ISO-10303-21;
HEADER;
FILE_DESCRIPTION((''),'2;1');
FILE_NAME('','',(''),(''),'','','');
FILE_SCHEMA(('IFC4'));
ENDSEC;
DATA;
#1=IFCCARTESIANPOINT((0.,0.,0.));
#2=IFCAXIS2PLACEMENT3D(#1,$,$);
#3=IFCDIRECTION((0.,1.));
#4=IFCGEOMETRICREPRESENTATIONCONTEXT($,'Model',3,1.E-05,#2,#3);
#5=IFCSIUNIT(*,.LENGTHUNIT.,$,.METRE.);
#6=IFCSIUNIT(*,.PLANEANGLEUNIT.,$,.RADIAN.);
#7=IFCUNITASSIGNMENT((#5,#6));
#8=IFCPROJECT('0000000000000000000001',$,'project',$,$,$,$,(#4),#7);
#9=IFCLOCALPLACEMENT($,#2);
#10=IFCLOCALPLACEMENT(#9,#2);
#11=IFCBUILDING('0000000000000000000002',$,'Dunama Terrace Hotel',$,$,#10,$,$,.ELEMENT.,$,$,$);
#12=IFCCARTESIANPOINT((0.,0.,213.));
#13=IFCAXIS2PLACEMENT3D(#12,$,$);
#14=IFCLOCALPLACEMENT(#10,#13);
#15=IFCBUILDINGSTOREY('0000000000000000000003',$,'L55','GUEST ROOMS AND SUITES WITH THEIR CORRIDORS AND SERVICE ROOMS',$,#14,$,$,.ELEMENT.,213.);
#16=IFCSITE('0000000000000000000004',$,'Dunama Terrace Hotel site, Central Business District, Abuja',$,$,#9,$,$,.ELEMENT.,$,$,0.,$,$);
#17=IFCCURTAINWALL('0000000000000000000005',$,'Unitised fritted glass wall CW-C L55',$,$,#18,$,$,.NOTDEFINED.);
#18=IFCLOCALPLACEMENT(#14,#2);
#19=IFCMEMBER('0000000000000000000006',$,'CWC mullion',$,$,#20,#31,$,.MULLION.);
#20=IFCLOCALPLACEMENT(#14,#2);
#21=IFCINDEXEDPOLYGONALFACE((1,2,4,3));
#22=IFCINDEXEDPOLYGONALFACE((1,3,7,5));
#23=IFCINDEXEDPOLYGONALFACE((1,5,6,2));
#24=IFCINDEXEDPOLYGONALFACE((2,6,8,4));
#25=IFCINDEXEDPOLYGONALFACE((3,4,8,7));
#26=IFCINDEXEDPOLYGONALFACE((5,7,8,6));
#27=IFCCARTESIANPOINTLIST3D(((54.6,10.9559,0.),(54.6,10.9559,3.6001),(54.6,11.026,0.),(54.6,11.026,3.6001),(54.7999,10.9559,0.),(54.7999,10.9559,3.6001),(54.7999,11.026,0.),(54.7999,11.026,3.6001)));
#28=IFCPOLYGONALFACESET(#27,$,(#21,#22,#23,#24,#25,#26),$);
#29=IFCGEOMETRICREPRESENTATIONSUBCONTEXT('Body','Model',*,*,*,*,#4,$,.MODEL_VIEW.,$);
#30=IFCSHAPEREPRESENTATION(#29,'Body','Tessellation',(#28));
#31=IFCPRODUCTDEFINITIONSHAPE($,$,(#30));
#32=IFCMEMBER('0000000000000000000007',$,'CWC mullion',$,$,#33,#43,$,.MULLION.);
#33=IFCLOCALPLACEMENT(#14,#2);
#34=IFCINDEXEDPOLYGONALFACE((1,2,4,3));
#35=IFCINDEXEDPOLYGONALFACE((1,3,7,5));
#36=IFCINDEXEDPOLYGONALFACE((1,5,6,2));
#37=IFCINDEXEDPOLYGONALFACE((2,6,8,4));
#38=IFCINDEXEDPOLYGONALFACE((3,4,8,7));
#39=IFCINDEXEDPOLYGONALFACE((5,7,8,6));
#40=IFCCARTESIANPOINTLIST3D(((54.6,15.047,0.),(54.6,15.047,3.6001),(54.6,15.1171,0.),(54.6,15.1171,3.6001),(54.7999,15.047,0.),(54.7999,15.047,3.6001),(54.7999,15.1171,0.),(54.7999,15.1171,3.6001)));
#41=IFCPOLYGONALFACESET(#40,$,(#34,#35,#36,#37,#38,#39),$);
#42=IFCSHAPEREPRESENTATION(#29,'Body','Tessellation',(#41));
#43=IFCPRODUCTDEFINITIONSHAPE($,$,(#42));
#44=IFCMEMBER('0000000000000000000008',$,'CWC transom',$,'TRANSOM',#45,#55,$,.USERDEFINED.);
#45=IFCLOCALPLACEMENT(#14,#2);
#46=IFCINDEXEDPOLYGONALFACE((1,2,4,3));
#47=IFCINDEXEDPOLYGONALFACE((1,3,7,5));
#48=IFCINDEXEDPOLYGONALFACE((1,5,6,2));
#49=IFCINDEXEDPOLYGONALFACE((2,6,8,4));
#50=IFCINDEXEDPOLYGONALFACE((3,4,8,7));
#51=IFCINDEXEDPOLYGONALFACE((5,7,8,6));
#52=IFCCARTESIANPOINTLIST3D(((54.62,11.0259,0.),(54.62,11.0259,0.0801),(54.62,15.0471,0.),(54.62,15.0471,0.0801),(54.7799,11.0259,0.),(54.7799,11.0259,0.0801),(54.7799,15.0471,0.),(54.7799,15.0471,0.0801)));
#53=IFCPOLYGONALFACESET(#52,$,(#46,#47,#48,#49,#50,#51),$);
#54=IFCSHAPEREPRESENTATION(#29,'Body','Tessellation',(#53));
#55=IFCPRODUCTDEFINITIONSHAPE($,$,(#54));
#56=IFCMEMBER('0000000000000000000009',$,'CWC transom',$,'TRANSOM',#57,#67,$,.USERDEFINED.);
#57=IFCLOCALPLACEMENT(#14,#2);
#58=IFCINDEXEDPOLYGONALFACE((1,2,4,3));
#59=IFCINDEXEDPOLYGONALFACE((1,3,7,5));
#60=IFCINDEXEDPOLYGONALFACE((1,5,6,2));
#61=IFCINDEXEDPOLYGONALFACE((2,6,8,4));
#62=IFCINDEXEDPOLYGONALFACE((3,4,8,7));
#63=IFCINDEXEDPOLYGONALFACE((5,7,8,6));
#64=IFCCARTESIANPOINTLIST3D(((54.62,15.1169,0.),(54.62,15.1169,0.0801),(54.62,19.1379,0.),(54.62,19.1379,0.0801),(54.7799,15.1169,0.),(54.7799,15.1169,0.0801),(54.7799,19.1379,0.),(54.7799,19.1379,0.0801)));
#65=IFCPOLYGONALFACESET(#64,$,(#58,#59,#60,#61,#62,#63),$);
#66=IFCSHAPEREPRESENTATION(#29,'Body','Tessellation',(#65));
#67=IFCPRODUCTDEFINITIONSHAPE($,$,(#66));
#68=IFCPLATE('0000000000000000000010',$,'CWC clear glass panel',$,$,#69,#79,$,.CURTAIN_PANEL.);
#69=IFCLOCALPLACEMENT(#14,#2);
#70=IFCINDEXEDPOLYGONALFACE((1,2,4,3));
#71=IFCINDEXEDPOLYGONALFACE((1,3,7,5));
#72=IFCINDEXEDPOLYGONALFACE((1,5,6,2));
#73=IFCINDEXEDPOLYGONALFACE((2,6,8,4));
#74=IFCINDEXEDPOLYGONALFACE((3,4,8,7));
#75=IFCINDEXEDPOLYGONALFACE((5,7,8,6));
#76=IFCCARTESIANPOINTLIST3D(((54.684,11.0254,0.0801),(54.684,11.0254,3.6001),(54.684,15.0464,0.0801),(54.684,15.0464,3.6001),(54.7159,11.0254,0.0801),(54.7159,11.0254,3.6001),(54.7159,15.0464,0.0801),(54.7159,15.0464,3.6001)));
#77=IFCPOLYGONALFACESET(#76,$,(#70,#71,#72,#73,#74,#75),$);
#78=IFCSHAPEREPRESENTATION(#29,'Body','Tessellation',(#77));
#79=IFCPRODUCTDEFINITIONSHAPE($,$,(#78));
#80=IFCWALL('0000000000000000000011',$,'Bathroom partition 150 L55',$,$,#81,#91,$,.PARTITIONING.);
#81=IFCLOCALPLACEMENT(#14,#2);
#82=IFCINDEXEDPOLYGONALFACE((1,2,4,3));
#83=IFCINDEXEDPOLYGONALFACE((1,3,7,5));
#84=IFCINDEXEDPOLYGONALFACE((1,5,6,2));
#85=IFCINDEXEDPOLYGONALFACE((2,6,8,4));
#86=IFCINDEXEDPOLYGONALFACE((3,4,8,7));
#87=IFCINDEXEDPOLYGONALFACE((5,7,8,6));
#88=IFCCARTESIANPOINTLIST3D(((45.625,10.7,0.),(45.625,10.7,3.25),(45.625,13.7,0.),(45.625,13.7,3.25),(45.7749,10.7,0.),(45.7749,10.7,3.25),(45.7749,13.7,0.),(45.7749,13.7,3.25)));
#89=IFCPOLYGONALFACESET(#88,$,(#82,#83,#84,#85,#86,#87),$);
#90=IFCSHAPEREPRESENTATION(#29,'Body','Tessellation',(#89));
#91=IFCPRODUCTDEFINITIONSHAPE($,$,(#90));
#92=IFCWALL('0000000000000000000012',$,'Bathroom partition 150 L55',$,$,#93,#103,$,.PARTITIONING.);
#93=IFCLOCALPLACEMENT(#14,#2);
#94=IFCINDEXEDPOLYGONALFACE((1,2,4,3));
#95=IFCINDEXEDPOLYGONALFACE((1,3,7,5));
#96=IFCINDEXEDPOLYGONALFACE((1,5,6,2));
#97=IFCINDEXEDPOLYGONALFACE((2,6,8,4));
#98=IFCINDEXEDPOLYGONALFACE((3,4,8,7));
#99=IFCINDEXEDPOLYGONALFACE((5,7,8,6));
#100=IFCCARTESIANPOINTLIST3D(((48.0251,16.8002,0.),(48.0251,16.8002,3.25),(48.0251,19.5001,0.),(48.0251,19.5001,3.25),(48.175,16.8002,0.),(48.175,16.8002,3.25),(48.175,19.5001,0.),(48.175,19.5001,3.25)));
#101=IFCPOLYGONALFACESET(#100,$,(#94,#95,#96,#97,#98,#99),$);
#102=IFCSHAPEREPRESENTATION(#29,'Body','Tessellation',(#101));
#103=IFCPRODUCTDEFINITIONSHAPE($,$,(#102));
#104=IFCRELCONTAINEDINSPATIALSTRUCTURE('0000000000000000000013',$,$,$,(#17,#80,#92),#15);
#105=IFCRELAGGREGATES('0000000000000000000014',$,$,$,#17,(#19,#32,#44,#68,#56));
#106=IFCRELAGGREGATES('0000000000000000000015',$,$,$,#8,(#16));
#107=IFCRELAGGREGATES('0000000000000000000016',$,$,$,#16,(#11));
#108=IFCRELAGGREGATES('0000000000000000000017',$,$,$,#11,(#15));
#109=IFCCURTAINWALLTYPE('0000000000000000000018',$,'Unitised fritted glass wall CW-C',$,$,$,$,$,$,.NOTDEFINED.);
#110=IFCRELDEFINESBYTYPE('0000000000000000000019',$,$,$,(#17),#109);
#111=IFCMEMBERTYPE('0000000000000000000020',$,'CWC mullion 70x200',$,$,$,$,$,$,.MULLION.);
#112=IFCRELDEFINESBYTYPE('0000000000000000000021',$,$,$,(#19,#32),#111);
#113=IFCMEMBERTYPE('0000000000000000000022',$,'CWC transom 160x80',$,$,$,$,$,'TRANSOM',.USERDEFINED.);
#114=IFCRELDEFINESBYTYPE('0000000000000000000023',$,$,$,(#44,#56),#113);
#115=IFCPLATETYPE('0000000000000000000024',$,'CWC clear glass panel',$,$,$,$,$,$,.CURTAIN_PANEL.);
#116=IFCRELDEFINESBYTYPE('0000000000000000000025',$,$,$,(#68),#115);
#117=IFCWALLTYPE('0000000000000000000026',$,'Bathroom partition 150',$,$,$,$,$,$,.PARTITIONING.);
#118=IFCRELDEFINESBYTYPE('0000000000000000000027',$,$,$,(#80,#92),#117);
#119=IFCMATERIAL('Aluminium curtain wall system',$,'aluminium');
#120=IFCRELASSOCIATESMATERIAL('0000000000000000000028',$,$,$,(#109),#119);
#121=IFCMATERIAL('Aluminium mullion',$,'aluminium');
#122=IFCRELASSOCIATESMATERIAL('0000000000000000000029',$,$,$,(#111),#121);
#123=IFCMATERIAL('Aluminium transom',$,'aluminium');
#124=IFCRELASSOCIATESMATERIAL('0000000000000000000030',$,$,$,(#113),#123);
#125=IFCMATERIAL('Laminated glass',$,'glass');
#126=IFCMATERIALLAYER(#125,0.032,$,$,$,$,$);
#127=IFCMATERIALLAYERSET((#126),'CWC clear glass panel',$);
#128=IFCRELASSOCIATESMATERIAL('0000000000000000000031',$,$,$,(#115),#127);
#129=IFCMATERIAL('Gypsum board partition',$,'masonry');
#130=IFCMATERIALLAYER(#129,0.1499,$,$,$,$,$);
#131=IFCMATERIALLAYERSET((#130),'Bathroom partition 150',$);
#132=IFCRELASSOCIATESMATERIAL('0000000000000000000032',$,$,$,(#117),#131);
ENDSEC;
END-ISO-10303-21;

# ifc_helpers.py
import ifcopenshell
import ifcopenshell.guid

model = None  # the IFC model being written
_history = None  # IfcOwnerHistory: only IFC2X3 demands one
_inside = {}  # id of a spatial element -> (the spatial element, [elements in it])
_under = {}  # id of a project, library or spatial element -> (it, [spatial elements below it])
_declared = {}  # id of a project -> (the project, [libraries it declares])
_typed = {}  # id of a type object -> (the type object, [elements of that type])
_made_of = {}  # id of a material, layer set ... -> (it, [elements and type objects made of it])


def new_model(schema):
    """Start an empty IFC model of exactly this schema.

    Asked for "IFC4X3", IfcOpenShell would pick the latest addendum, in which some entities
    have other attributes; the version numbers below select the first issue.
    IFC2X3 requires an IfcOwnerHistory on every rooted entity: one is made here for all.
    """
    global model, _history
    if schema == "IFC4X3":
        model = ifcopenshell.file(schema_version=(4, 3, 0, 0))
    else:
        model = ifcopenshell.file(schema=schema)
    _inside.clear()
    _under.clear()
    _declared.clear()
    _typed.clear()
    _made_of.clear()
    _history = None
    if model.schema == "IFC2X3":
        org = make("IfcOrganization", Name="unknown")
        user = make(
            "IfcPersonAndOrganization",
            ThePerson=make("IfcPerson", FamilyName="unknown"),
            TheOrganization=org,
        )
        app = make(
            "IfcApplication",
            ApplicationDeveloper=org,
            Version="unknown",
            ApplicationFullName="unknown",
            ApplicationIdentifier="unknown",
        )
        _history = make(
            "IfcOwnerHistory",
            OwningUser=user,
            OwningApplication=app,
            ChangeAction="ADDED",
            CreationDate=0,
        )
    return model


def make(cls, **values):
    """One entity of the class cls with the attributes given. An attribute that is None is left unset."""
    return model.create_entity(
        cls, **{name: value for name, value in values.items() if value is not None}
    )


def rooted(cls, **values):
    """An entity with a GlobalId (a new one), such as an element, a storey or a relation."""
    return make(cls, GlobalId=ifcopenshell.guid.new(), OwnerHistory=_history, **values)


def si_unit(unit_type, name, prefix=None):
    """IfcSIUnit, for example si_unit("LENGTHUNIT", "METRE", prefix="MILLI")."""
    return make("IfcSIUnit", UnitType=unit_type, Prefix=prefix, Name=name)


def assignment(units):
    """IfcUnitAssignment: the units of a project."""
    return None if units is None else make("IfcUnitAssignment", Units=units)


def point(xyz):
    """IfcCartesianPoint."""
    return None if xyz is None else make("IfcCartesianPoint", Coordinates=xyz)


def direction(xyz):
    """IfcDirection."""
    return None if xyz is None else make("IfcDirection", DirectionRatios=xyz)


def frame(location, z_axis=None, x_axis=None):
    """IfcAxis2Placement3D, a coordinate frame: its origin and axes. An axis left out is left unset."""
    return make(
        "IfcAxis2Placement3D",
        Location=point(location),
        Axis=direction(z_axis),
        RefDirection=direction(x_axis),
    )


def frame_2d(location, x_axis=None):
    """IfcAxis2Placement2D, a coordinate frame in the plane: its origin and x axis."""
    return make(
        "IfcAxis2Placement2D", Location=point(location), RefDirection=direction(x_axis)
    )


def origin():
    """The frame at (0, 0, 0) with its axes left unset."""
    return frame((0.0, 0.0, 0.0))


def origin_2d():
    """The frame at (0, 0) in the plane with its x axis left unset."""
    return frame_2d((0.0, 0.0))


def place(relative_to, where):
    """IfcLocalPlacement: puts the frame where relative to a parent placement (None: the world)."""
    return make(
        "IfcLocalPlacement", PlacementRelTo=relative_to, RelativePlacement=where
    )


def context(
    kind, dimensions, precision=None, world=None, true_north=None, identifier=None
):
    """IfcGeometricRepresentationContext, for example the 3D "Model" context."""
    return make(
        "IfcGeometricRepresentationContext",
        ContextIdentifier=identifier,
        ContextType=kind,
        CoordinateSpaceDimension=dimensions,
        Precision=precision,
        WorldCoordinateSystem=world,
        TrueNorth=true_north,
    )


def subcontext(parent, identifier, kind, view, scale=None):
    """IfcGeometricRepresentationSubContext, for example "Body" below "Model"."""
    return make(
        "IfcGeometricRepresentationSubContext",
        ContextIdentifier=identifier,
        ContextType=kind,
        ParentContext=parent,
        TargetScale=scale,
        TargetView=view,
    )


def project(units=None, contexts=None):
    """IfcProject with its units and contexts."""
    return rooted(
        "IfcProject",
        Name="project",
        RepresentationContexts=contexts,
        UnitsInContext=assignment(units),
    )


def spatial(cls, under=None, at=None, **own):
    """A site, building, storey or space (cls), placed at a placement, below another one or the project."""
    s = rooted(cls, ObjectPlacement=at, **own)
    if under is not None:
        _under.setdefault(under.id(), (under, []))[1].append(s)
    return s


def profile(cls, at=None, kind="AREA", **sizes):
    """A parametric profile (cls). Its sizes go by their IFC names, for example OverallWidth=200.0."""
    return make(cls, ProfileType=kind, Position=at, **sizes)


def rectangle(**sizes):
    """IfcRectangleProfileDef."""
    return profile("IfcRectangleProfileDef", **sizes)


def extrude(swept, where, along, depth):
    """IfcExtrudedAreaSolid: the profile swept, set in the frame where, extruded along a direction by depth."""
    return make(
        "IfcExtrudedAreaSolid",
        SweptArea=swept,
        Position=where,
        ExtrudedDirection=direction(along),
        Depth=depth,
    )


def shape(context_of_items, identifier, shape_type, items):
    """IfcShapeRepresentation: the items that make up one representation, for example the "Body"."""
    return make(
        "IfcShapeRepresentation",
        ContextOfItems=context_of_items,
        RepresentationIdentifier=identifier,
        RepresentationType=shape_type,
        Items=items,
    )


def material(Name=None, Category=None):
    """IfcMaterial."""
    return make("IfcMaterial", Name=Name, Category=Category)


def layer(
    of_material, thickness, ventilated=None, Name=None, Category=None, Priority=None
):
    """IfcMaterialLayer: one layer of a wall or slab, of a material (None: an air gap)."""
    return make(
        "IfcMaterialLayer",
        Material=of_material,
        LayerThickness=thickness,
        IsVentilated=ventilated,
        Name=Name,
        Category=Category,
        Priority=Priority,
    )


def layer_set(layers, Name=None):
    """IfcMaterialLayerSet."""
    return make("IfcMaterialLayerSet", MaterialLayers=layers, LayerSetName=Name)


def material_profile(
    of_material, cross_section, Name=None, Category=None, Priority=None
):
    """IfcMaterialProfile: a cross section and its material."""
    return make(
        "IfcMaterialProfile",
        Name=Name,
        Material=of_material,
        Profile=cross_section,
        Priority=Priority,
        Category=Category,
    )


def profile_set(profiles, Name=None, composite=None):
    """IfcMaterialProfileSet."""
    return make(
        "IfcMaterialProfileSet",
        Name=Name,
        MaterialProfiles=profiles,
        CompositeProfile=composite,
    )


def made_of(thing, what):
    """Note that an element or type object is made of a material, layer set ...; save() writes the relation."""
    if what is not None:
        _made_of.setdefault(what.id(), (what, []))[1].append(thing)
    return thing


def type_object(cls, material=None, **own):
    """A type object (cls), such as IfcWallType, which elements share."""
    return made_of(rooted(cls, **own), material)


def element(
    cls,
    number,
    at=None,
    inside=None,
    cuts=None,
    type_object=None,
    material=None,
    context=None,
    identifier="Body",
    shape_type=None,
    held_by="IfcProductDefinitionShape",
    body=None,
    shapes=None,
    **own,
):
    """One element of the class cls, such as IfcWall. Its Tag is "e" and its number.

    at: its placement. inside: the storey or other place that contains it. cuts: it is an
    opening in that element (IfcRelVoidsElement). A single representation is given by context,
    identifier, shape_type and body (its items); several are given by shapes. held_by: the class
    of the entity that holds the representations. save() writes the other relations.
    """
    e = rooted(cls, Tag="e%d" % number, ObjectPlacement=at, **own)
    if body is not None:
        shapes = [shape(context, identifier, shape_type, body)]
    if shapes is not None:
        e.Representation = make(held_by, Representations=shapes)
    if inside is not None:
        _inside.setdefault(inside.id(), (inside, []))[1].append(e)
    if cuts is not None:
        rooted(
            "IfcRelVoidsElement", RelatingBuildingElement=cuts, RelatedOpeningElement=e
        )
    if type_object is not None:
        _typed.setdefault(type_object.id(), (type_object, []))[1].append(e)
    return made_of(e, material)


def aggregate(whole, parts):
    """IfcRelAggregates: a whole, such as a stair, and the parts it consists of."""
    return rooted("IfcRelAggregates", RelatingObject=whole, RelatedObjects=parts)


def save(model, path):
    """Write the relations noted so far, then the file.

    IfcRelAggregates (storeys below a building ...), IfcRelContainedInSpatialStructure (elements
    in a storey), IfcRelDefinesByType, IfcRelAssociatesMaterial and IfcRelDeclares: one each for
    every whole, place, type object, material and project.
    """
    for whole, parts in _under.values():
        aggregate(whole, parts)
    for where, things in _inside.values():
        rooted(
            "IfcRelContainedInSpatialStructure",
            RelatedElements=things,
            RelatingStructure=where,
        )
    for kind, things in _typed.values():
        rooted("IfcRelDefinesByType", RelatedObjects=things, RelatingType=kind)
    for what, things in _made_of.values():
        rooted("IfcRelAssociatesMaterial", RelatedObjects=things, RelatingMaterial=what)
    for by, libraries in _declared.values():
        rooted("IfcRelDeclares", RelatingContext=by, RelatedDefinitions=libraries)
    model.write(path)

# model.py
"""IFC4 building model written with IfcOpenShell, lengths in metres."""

from ifc_helpers import new_model, si_unit, direction, frame, frame_2d, origin, origin_2d, place, context, subcontext, project, spatial, rectangle, extrude, material, layer, layer_set, material_profile, profile_set, type_object, element, aggregate, save


model = new_model("IFC4")

# Units and contexts
model_context = context("Model", 3, precision=1e-05, world=origin(), true_north=direction((0.0, 1.0)))
body_context = subcontext(model_context, "Body", "Model", "MODEL_VIEW")
ifc_project = project(units=[si_unit("LENGTHUNIT", "METRE"), si_unit("PLANEANGLEUNIT", "RADIAN")], contexts=[model_context])

# Site, building, storey
site_placement = place(None, origin())
site = spatial("IfcSite", under=ifc_project, at=site_placement, Name="Dunama Terrace Hotel site, Central Business District, Abuja", CompositionType="ELEMENT", RefElevation=0.0)
building_placement = place(site_placement, origin())
building = spatial("IfcBuilding", under=site, at=building_placement, Name="Dunama Terrace Hotel", CompositionType="ELEMENT")
storey_placement = place(building_placement, frame((0.0, 0.0, 213.0)))
storey = spatial("IfcBuildingStorey", under=building, at=storey_placement, Name="L55", Description="GUEST ROOMS AND SUITES WITH THEIR CORRIDORS AND SERVICE ROOMS", CompositionType="ELEMENT", Elevation=213.0)

# Curtain wall, members, plate
ifc_material_1 = material(Name="Aluminium curtain wall system", Category="aluminium")
curtain_wall_type = type_object("IfcCurtainWallType", Name="Unitised fritted glass wall CW-C", PredefinedType="NOTDEFINED", material=ifc_material_1)
curtain_wall_placement = place(storey_placement, origin())
curtain_wall = element("IfcCurtainWall", 1, at=curtain_wall_placement, inside=storey, type_object=curtain_wall_type, Name="Unitised fritted glass wall CW-C L55", PredefinedType="NOTDEFINED")
ifc_material_2 = material(Name="Aluminium mullion", Category="aluminium")
ifc_material_profile_1 = material_profile(ifc_material_2, rectangle(XDim=0.0701, YDim=0.2, at=origin_2d()), Name="CWC MULLION 70X200")
ifc_profile_set_1 = profile_set([ifc_material_profile_1], Name="Aluminium mullion")
member_type_1 = type_object("IfcMemberType", Name="CWC mullion 70x200", PredefinedType="MULLION", material=ifc_profile_set_1)
member_1_placement = place(storey_placement, frame((54.7, 10.991, 0.0), z_axis=(0.0, 0.0, 1.0), x_axis=(0.0, 1.0, 0.0)))
member_1 = element("IfcMember", 2, at=member_1_placement, type_object=member_type_1, Name="CWC mullion", PredefinedType="MULLION", context=body_context, shape_type="SweptSolid", body=[
    extrude(rectangle(XDim=0.0701, YDim=0.2, at=origin_2d()), origin(), (0.0, 0.0, 1.0), 3.6001),
])
member_2_placement = place(storey_placement, frame((54.7, 15.082, 0.0), z_axis=(0.0, 0.0, 1.0), x_axis=(0.0, 1.0, 0.0)))
member_2 = element("IfcMember", 3, at=member_2_placement, type_object=member_type_1, Name="CWC mullion", PredefinedType="MULLION", context=body_context, shape_type="SweptSolid", body=[
    extrude(rectangle(XDim=0.0701, YDim=0.2, at=origin_2d()), origin(), (0.0, 0.0, 1.0), 3.6001),
])
ifc_material_3 = material(Name="Aluminium transom", Category="aluminium")
ifc_material_profile_2 = material_profile(ifc_material_3, rectangle(XDim=0.1599, YDim=0.0801, at=origin_2d()), Name="CWC TRANSOM 160X80")
ifc_profile_set_2 = profile_set([ifc_material_profile_2], Name="Aluminium transom")
member_type_2 = type_object("IfcMemberType", Name="CWC transom 160x80", ElementType="TRANSOM", PredefinedType="USERDEFINED", material=ifc_profile_set_2)
member_3_placement = place(storey_placement, frame((54.7, 11.0259, 0.04), z_axis=(0.0, 1.0, 0.0), x_axis=(-1.0, 0.0, 0.0)))
member_3 = element("IfcMember", 4, at=member_3_placement, type_object=member_type_2, Name="CWC transom", ObjectType="TRANSOM", PredefinedType="USERDEFINED", context=body_context, shape_type="SweptSolid", body=[
    extrude(rectangle(XDim=0.1599, YDim=0.0801, at=origin_2d()), origin(), (0.0, 0.0, 1.0), 4.0212),
])
member_4_placement = place(storey_placement, frame((54.7, 15.1169, 0.04), z_axis=(0.0, 1.0, 0.0), x_axis=(-1.0, 0.0, 0.0)))
member_4 = element("IfcMember", 5, at=member_4_placement, type_object=member_type_2, Name="CWC transom", ObjectType="TRANSOM", PredefinedType="USERDEFINED", context=body_context, shape_type="SweptSolid", body=[
    extrude(rectangle(XDim=0.1599, YDim=0.0801, at=origin_2d()), origin(), (0.0, 0.0, 1.0), 4.021),
])
ifc_material_4 = material(Name="Laminated glass", Category="glass")
ifc_layer_1 = layer(ifc_material_4, 0.032)
ifc_layer_set_1 = layer_set([ifc_layer_1], Name="CWC clear glass panel")
plate_type = type_object("IfcPlateType", Name="CWC clear glass panel", PredefinedType="CURTAIN_PANEL", material=ifc_layer_set_1)
plate_placement = place(storey_placement, frame((54.7, 13.0359, 0.0801), z_axis=(0.0, 0.0, 1.0), x_axis=(0.0, 1.0, 0.0)))
plate = element("IfcPlate", 6, at=plate_placement, type_object=plate_type, Name="CWC clear glass panel", PredefinedType="CURTAIN_PANEL", context=body_context, shape_type="SweptSolid", body=[
    extrude(rectangle(XDim=4.021, YDim=0.032, at=origin_2d()), origin(), (0.0, 0.0, 1.0), 3.52),
])
aggregate(curtain_wall, [member_1, member_2, member_3, plate, member_4])

# Walls
ifc_material_5 = material(Name="Gypsum board partition", Category="masonry")
ifc_layer_2 = layer(ifc_material_5, 0.1499)
ifc_layer_set_2 = layer_set([ifc_layer_2], Name="Bathroom partition 150")
wall_type_1 = type_object("IfcWallType", Name="Bathroom partition 150", PredefinedType="PARTITIONING", material=ifc_layer_set_2)
wall_1_placement = place(storey_placement, frame((45.7, 10.7, 0.0), z_axis=(0.0, 0.0, 1.0), x_axis=(0.0, 1.0, 0.0)))
element("IfcWall", 7, at=wall_1_placement, inside=storey, type_object=wall_type_1, Name="Bathroom partition 150 L55", PredefinedType="PARTITIONING", context=body_context, shape_type="SweptSolid", body=[
    extrude(rectangle(XDim=3.0, YDim=0.1499, at=frame_2d((1.5, 0.0))), origin(), (0.0, 0.0, 1.0), 3.25),
])
wall_2_placement = place(storey_placement, frame((48.1001, 16.8, 0.0), z_axis=(0.0, 0.0, 1.0), x_axis=(0.0, 1.0, 0.0)))
element("IfcWall", 8, at=wall_2_placement, inside=storey, type_object=wall_type_1, Name="Bathroom partition 150 L55", PredefinedType="PARTITIONING", context=body_context, shape_type="SweptSolid", body=[
    extrude(rectangle(XDim=2.7, YDim=0.1499, at=frame_2d((1.3501, 0.0))), origin(), (0.0, 0.0, 1.0), 3.25),
])

save(model, "model.ifc")
